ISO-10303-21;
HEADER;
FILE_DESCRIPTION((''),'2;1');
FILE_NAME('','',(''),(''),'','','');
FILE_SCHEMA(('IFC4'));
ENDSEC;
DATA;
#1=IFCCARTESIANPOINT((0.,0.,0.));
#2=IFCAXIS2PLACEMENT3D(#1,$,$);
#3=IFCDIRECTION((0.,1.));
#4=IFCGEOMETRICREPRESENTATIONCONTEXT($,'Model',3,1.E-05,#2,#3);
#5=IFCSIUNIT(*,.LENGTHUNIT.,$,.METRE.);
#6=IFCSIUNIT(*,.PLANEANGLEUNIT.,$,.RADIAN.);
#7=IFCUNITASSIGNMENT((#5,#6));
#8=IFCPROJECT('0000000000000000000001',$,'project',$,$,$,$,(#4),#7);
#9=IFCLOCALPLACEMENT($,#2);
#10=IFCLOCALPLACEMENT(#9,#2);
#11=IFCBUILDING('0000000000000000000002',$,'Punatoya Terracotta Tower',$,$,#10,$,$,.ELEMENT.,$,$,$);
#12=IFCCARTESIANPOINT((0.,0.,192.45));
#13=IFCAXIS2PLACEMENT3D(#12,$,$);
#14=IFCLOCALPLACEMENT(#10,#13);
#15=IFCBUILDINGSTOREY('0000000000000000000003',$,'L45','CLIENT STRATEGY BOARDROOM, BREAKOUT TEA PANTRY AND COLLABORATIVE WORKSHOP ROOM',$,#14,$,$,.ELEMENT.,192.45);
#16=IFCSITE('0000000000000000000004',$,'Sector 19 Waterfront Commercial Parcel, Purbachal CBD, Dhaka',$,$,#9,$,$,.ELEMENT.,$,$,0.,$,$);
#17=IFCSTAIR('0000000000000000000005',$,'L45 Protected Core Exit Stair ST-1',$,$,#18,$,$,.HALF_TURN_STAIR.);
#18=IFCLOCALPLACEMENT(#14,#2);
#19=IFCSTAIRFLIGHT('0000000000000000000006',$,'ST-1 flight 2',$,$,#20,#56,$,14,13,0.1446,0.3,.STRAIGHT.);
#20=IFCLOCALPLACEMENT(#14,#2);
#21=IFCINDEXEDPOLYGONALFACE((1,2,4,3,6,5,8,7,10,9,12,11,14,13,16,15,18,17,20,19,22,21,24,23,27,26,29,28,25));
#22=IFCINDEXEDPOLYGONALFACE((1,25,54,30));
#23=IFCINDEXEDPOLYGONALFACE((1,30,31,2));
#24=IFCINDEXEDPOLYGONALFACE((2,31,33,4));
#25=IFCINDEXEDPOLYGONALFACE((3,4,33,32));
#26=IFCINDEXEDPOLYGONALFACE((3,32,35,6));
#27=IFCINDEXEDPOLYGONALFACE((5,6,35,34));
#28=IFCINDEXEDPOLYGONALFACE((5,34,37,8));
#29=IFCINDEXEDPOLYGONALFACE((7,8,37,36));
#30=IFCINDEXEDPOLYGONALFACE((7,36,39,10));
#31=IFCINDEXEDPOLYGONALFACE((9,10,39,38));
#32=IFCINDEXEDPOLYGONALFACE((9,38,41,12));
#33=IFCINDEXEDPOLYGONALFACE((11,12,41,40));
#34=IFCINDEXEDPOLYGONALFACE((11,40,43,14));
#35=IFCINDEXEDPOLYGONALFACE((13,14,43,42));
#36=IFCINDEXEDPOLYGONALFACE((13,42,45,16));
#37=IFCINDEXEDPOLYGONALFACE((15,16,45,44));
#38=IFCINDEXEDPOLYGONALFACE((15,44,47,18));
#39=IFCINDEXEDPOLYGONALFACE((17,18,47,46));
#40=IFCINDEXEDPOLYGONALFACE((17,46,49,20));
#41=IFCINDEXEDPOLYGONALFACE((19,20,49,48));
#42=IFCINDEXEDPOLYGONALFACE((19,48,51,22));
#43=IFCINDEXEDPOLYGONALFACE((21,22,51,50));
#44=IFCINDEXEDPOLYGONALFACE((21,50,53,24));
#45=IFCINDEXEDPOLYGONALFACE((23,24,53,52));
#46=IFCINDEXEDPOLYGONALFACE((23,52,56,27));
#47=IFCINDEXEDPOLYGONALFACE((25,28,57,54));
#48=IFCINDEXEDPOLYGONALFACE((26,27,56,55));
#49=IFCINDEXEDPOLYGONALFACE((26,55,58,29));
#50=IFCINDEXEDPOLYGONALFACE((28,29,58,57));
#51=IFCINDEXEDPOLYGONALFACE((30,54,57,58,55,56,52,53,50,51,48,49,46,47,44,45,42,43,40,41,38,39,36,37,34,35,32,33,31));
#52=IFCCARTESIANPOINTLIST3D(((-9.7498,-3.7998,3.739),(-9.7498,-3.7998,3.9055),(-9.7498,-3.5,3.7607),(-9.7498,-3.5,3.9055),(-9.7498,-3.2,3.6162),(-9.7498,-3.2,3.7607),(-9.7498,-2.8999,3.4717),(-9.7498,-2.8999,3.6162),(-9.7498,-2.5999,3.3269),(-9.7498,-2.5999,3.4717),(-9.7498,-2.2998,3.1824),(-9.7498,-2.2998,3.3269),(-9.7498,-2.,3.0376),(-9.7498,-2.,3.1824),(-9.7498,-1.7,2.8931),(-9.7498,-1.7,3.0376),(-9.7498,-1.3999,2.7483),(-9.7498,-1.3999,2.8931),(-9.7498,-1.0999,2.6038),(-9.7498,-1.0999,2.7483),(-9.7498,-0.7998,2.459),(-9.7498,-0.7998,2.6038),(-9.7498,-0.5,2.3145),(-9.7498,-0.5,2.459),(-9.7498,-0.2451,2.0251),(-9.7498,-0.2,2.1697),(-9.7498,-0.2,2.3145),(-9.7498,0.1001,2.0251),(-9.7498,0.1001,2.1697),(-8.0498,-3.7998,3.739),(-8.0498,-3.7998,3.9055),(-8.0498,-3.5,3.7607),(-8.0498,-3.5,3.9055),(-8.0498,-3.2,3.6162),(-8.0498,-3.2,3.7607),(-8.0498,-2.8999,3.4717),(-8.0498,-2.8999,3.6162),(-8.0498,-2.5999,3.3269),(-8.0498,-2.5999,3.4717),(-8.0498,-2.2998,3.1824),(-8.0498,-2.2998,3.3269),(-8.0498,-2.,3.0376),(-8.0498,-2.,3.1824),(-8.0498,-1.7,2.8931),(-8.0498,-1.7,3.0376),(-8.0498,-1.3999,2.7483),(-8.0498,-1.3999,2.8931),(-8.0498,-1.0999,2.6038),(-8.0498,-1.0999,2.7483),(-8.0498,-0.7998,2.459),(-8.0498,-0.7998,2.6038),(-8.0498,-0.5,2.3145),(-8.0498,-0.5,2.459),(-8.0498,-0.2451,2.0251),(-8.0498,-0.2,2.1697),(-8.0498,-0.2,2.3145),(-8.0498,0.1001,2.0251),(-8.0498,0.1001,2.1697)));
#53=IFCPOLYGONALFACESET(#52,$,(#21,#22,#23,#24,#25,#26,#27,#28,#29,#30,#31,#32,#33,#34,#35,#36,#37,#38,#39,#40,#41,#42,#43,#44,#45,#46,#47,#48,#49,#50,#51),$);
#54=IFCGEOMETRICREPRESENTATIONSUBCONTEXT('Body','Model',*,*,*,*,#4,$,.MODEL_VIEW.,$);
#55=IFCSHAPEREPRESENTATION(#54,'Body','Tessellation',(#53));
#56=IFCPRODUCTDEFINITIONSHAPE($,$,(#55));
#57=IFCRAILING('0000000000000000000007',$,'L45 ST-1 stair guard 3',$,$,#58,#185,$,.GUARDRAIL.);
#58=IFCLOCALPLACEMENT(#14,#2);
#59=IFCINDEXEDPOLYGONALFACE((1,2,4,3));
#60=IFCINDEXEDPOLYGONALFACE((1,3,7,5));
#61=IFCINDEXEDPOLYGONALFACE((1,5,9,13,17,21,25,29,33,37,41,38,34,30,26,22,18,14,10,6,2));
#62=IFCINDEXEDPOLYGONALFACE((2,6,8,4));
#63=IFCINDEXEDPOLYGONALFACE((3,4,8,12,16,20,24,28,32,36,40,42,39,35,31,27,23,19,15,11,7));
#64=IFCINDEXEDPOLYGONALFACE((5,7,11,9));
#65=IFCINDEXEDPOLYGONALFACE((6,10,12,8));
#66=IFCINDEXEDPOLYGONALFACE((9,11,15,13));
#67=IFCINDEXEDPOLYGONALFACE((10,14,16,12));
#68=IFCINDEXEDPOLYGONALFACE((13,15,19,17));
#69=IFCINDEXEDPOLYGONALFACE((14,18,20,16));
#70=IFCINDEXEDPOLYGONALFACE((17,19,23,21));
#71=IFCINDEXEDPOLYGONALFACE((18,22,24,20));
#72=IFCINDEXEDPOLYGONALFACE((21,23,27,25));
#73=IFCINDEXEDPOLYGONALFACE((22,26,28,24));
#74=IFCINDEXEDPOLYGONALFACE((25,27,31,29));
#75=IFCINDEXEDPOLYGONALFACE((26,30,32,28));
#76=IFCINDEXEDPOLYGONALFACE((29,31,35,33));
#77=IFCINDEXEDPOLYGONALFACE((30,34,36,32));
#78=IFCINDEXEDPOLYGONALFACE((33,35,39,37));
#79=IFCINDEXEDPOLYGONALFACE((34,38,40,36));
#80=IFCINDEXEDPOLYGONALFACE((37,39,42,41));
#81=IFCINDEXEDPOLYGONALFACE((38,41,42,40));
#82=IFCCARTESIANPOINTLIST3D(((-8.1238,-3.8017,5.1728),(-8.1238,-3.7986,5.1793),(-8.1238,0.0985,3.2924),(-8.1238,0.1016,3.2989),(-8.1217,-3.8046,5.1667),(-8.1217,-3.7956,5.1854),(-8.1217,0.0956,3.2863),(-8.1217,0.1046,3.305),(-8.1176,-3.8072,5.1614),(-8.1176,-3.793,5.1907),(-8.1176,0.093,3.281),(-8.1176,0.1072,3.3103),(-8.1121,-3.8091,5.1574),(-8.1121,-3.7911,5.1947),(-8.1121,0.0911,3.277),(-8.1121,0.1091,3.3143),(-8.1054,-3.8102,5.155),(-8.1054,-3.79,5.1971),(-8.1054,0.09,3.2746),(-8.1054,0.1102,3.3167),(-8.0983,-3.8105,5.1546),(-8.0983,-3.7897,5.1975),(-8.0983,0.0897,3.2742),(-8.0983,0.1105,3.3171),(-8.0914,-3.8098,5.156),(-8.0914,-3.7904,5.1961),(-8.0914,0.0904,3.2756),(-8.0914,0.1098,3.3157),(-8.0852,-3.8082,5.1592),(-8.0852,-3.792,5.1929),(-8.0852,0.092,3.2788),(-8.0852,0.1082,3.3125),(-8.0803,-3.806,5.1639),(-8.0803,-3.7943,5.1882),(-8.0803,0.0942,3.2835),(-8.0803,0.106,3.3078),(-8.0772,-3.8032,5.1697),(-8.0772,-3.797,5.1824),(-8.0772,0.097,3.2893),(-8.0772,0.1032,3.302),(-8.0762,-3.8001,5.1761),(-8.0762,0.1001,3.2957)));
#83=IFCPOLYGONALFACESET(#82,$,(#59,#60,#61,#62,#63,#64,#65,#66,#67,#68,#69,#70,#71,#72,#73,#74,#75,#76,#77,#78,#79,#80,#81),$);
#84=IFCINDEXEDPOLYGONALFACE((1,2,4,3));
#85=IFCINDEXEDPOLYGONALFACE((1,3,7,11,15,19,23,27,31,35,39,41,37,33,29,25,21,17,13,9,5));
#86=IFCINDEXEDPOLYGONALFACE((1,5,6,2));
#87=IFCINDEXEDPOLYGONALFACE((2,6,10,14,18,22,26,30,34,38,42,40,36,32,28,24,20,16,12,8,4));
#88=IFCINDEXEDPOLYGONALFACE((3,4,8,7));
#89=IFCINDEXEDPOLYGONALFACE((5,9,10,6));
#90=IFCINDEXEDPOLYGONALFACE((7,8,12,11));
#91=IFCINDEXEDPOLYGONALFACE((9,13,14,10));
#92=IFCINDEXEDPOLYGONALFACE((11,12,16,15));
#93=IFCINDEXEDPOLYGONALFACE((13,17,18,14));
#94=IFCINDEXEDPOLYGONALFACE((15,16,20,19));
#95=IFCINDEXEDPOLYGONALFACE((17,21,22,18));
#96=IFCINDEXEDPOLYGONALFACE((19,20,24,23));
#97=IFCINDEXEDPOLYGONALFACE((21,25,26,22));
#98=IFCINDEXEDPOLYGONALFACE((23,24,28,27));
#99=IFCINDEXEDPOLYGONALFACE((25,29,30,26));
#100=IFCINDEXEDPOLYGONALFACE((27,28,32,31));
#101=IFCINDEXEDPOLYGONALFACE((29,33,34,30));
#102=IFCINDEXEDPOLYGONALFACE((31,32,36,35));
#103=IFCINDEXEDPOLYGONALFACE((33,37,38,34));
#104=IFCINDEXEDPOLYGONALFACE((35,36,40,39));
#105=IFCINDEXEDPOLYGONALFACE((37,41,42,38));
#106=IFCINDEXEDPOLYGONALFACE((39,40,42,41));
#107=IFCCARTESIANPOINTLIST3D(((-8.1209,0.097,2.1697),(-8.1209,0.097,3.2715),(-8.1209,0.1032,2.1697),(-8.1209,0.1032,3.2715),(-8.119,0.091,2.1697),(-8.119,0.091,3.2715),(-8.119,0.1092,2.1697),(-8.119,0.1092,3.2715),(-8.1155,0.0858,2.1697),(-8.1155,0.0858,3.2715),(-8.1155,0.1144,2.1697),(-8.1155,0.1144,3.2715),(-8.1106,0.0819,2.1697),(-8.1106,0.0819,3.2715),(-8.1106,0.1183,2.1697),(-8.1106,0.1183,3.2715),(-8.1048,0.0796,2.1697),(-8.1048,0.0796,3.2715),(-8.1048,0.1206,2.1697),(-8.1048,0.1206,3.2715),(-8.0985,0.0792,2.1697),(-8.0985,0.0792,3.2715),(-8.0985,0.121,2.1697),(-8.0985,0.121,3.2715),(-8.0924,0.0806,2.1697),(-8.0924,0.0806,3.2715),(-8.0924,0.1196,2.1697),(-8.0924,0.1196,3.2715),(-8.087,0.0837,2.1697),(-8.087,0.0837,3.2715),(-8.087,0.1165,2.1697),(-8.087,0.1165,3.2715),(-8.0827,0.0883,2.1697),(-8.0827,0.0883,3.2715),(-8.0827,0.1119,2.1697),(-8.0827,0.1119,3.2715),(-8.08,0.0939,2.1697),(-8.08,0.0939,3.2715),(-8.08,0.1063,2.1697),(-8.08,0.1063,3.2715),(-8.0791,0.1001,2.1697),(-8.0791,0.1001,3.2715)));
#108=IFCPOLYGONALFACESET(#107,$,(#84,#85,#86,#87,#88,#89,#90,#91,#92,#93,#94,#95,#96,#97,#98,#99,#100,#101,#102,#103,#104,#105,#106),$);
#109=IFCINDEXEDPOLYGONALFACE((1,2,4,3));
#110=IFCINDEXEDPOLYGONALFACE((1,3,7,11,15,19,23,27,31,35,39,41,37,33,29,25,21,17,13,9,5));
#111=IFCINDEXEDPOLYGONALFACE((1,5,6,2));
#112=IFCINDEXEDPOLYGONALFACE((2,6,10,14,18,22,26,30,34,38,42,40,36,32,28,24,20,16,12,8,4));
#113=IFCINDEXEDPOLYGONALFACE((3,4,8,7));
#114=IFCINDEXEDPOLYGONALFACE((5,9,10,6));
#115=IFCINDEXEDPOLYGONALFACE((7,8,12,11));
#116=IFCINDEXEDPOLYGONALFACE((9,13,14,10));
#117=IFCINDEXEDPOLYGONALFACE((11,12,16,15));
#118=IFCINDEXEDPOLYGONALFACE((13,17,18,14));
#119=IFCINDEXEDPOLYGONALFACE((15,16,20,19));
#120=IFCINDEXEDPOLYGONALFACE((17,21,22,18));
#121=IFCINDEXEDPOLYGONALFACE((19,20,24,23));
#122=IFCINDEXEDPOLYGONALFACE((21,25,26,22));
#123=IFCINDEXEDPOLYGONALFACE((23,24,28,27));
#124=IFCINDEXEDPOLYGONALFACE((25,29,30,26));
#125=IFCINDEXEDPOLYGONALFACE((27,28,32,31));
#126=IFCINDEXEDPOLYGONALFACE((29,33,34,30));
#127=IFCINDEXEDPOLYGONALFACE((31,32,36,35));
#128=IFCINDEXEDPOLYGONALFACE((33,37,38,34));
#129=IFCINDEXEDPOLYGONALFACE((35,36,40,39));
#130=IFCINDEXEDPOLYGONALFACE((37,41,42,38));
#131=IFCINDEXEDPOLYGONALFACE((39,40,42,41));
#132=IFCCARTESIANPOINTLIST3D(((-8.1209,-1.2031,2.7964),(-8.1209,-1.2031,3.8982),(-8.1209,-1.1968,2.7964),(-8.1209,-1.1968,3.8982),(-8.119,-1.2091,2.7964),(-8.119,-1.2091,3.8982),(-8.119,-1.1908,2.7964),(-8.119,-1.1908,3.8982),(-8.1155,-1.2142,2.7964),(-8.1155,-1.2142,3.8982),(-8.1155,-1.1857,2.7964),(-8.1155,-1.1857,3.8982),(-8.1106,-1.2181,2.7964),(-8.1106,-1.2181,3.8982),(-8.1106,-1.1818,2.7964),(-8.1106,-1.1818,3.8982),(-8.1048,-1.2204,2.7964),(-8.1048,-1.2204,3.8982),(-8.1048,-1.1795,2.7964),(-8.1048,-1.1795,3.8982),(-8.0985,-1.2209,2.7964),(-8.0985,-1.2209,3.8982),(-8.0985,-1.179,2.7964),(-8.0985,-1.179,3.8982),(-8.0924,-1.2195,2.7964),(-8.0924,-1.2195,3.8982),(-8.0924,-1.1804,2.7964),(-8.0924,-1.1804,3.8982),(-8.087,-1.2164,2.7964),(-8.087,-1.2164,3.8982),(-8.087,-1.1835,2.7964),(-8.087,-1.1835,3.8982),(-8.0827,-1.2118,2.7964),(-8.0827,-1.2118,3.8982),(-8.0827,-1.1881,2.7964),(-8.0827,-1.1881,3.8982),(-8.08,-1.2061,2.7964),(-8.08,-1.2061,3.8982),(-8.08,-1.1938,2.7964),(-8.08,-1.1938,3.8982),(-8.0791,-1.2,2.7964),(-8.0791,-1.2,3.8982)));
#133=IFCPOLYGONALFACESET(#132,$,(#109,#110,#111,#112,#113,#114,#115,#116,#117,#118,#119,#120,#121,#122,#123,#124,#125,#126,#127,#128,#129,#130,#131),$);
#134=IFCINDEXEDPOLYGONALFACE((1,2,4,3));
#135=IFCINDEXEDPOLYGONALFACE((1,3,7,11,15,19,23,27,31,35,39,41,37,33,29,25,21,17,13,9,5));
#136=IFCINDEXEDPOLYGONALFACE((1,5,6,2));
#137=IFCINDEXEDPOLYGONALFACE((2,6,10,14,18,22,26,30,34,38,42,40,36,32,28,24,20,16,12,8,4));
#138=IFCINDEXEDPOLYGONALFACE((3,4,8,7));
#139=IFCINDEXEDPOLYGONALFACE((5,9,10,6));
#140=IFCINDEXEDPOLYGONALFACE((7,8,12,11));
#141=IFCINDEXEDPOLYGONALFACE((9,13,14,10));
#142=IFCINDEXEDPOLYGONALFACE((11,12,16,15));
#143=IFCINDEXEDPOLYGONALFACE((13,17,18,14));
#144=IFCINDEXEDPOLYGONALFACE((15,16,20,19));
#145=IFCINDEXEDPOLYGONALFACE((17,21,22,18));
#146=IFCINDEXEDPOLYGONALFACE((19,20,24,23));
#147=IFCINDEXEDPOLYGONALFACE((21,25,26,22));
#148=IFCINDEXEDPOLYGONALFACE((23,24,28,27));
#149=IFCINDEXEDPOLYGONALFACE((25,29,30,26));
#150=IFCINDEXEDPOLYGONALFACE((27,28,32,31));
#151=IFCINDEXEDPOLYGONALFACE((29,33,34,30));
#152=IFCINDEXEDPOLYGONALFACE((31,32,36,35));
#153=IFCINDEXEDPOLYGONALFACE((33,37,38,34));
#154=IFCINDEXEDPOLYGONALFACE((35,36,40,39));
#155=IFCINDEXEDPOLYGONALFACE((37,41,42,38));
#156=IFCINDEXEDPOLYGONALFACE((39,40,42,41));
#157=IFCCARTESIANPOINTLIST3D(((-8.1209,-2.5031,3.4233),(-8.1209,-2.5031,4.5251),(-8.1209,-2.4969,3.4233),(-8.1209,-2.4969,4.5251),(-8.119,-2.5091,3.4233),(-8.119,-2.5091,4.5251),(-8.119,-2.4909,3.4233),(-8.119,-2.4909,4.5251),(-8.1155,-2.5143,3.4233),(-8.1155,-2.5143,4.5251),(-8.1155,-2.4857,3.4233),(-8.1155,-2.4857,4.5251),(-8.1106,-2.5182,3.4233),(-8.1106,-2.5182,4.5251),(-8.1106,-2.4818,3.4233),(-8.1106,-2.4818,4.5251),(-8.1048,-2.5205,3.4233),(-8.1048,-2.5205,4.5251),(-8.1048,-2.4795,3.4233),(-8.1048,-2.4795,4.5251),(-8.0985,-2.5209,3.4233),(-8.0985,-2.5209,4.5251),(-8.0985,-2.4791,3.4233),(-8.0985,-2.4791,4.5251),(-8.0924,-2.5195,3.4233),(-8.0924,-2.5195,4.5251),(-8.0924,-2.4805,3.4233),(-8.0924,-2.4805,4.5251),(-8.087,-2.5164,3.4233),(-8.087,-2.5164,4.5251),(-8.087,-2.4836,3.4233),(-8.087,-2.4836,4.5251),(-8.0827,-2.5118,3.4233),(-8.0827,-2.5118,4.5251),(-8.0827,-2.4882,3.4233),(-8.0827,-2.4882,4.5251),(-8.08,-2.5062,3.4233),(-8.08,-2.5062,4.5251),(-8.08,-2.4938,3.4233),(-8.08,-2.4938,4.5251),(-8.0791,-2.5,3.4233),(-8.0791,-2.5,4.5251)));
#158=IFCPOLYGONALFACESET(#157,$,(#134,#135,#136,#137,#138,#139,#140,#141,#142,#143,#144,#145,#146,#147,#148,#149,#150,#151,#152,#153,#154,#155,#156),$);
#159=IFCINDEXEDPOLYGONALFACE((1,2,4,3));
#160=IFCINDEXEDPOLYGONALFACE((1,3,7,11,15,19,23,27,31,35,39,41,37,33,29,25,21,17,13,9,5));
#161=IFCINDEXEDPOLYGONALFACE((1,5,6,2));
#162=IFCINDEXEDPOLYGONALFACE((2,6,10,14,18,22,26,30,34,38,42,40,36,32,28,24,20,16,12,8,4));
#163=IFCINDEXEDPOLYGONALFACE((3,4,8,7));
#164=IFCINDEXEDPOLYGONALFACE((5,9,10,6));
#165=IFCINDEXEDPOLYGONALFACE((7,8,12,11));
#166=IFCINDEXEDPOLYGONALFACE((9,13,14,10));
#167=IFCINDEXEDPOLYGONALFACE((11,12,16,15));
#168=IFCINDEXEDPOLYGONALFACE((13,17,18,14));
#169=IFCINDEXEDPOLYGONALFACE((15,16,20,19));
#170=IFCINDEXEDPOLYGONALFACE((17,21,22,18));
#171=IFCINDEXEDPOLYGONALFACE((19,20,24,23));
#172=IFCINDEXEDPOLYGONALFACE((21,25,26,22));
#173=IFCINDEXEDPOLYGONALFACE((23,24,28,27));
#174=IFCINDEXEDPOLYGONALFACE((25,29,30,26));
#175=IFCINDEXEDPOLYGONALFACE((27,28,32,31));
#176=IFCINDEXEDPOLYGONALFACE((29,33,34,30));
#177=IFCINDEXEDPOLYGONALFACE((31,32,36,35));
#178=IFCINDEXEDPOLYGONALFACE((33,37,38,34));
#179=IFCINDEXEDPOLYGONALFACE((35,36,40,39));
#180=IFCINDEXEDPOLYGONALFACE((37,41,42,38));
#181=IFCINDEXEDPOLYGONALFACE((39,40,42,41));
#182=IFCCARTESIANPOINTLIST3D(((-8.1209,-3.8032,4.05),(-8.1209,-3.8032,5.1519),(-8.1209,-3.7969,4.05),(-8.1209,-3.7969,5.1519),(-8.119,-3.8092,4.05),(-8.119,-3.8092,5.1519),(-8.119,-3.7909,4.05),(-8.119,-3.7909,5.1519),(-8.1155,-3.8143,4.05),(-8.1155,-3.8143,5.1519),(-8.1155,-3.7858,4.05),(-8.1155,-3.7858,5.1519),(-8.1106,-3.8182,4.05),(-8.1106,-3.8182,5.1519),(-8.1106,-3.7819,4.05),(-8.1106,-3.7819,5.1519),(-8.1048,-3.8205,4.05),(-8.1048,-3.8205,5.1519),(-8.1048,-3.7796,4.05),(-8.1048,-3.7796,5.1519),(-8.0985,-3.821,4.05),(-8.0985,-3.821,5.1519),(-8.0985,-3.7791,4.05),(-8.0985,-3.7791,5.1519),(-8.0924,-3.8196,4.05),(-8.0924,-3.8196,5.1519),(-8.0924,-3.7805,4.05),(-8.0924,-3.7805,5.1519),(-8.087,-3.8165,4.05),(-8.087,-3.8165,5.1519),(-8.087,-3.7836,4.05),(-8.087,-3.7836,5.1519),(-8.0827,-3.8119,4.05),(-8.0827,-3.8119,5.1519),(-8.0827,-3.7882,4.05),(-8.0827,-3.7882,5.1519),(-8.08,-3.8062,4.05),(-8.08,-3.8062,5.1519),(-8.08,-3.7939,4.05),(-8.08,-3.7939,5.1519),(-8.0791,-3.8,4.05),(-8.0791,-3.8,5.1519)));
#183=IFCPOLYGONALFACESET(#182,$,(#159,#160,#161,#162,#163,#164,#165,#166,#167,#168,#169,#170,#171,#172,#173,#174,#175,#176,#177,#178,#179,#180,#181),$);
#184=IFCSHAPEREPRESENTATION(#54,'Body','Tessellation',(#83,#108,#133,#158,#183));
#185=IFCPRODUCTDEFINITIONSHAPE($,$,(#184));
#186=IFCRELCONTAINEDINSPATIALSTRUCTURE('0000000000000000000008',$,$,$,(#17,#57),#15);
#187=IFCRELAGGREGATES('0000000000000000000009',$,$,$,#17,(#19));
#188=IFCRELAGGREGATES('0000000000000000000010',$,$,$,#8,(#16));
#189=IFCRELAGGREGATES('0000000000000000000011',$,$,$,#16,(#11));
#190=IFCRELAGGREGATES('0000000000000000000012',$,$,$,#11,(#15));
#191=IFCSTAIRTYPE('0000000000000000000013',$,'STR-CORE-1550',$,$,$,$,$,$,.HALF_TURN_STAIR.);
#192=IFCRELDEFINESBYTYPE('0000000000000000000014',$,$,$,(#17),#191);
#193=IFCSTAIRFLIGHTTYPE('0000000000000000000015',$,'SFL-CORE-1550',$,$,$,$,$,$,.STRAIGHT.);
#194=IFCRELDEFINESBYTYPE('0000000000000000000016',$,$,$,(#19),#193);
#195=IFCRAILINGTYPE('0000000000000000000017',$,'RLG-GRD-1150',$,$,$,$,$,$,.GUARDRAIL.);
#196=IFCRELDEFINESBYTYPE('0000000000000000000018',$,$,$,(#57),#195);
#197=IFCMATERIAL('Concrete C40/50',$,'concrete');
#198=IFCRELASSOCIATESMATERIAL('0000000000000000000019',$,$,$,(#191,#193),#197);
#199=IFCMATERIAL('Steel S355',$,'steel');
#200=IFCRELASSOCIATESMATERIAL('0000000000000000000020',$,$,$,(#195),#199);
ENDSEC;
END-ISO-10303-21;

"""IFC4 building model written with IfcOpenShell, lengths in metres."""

from ifc_helpers import new_model, si_unit, direction, frame, origin, origin_2d, place, context, subcontext, project, spatial, polyline, circle, outline, extrude, material, type_object, element, aggregate, save


model = new_model("IFC4")

# Units and contexts
model_context = context("Model", 3, precision=1e-05, world=origin(), true_north=direction((0.0, 1.0)))
body_context = subcontext(model_context, "Body", "Model", "MODEL_VIEW")
ifc_project = project(units=[si_unit("LENGTHUNIT", "METRE"), si_unit("PLANEANGLEUNIT", "RADIAN")], contexts=[model_context])

# Site, building, storey
site_placement = place(None, origin())
site = spatial("IfcSite", under=ifc_project, at=site_placement, Name="Sector 19 Waterfront Commercial Parcel, Purbachal CBD, Dhaka", CompositionType="ELEMENT", RefElevation=0.0)
building_placement = place(site_placement, origin())
building = spatial("IfcBuilding", under=site, at=building_placement, Name="Punatoya Terracotta Tower", CompositionType="ELEMENT")
storey_placement = place(building_placement, frame((0.0, 0.0, 192.45)))
storey = spatial("IfcBuildingStorey", under=building, at=storey_placement, Name="L45", Description="CLIENT STRATEGY BOARDROOM, BREAKOUT TEA PANTRY AND COLLABORATIVE WORKSHOP ROOM", CompositionType="ELEMENT", Elevation=192.45)

# Shared definitions
ifc_material_1 = material(Name="Steel S355", Category="steel")

# Shared definitions
ifc_material_2 = material(Name="Concrete C40/50", Category="concrete")

# Stair, stair flight
stair_type = type_object("IfcStairType", Name="STR-CORE-1550", PredefinedType="HALF_TURN_STAIR", material=ifc_material_2)
stair_placement = place(storey_placement, origin())
stair = element("IfcStair", 1, at=stair_placement, inside=storey, type_object=stair_type, Name="L45 Protected Core Exit Stair ST-1", PredefinedType="HALF_TURN_STAIR")
stair_flight_type = type_object("IfcStairFlightType", Name="SFL-CORE-1550", PredefinedType="STRAIGHT", material=ifc_material_2)
stair_flight_placement = place(storey_placement, frame((-8.8999, 0.1001, 2.0251), z_axis=(0.0, 0.0, 1.0), x_axis=(0.0, -1.0, 0.0)))
stair_flight = element("IfcStairFlight", 2, at=stair_flight_placement, type_object=stair_flight_type, Name="ST-1 flight 2", NumberOfRisers=14, NumberOfTreads=13, PredefinedType="STRAIGHT", RiserHeight=0.1446, TreadLength=0.3, context=body_context, shape_type="SweptSolid", body=[
    extrude(outline(polyline([(0.0, 0.0), (0.0, 0.1445), (0.3, 0.1445), (0.3, 0.2893), (0.6001, 0.2893), (0.6001, 0.4338), (0.8999, 0.4338), (0.8999, 0.5786), (1.2, 0.5786), (1.2, 0.7231), (1.5, 0.7231), (1.5, 0.8679), (1.8, 0.8679), (1.8, 1.0125), (2.1001, 1.0125), (2.1001, 1.1572), (2.3999, 1.1572), (2.3999, 1.3018), (2.7, 1.3018), (2.7, 1.4465), (3.0, 1.4465), (3.0, 1.5911), (3.3, 1.5911), (3.3, 1.7356), (3.6001, 1.7356), (3.6001, 1.8804), (3.8999, 1.8804), (3.8999, 2.0249), (3.8999, 1.7139), (0.3452, 0.0), (0.0, 0.0)])), frame((0.0, 0.8501, 0.0), z_axis=(0.0, -1.0, 0.0), x_axis=(1.0, 0.0, 0.0)), (0.0, 0.0, 1.0), 1.7),
])
aggregate(stair, [stair_flight])

# Railing
railing_type_1 = type_object("IfcRailingType", Name="RLG-GRD-1150", PredefinedType="GUARDRAIL", material=ifc_material_1)
railing_1_placement = place(storey_placement, frame((-8.1001, 0.1001, 2.1697)))
element("IfcRailing", 3, at=railing_1_placement, inside=storey, type_object=railing_type_1, Name="L45 ST-1 stair guard 3", PredefinedType="GUARDRAIL", context=body_context, shape_type="SweptSolid", body=[
    extrude(circle(Radius=0.0239, at=origin_2d()), frame((0.0, 0.0, 1.126), z_axis=(0.0, -0.900774, 0.434289), x_axis=(1.0, 0.0, 0.0)), (0.0, 0.0, 1.0), 4.3298),
    extrude(circle(Radius=0.021, at=origin_2d()), origin(), (0.0, 0.0, 1.0), 1.1018),
    extrude(circle(Radius=0.021, at=origin_2d()), frame((0.0, -1.3, 0.6267)), (0.0, 0.0, 1.0), 1.1018),
    extrude(circle(Radius=0.021, at=origin_2d()), frame((0.0, -2.6001, 1.2537)), (0.0, 0.0, 1.0), 1.1018),
    extrude(circle(Radius=0.021, at=origin_2d()), frame((0.0, -3.9001, 1.8804)), (0.0, 0.0, 1.0), 1.1018),
])

save(model, "model.ifc")
